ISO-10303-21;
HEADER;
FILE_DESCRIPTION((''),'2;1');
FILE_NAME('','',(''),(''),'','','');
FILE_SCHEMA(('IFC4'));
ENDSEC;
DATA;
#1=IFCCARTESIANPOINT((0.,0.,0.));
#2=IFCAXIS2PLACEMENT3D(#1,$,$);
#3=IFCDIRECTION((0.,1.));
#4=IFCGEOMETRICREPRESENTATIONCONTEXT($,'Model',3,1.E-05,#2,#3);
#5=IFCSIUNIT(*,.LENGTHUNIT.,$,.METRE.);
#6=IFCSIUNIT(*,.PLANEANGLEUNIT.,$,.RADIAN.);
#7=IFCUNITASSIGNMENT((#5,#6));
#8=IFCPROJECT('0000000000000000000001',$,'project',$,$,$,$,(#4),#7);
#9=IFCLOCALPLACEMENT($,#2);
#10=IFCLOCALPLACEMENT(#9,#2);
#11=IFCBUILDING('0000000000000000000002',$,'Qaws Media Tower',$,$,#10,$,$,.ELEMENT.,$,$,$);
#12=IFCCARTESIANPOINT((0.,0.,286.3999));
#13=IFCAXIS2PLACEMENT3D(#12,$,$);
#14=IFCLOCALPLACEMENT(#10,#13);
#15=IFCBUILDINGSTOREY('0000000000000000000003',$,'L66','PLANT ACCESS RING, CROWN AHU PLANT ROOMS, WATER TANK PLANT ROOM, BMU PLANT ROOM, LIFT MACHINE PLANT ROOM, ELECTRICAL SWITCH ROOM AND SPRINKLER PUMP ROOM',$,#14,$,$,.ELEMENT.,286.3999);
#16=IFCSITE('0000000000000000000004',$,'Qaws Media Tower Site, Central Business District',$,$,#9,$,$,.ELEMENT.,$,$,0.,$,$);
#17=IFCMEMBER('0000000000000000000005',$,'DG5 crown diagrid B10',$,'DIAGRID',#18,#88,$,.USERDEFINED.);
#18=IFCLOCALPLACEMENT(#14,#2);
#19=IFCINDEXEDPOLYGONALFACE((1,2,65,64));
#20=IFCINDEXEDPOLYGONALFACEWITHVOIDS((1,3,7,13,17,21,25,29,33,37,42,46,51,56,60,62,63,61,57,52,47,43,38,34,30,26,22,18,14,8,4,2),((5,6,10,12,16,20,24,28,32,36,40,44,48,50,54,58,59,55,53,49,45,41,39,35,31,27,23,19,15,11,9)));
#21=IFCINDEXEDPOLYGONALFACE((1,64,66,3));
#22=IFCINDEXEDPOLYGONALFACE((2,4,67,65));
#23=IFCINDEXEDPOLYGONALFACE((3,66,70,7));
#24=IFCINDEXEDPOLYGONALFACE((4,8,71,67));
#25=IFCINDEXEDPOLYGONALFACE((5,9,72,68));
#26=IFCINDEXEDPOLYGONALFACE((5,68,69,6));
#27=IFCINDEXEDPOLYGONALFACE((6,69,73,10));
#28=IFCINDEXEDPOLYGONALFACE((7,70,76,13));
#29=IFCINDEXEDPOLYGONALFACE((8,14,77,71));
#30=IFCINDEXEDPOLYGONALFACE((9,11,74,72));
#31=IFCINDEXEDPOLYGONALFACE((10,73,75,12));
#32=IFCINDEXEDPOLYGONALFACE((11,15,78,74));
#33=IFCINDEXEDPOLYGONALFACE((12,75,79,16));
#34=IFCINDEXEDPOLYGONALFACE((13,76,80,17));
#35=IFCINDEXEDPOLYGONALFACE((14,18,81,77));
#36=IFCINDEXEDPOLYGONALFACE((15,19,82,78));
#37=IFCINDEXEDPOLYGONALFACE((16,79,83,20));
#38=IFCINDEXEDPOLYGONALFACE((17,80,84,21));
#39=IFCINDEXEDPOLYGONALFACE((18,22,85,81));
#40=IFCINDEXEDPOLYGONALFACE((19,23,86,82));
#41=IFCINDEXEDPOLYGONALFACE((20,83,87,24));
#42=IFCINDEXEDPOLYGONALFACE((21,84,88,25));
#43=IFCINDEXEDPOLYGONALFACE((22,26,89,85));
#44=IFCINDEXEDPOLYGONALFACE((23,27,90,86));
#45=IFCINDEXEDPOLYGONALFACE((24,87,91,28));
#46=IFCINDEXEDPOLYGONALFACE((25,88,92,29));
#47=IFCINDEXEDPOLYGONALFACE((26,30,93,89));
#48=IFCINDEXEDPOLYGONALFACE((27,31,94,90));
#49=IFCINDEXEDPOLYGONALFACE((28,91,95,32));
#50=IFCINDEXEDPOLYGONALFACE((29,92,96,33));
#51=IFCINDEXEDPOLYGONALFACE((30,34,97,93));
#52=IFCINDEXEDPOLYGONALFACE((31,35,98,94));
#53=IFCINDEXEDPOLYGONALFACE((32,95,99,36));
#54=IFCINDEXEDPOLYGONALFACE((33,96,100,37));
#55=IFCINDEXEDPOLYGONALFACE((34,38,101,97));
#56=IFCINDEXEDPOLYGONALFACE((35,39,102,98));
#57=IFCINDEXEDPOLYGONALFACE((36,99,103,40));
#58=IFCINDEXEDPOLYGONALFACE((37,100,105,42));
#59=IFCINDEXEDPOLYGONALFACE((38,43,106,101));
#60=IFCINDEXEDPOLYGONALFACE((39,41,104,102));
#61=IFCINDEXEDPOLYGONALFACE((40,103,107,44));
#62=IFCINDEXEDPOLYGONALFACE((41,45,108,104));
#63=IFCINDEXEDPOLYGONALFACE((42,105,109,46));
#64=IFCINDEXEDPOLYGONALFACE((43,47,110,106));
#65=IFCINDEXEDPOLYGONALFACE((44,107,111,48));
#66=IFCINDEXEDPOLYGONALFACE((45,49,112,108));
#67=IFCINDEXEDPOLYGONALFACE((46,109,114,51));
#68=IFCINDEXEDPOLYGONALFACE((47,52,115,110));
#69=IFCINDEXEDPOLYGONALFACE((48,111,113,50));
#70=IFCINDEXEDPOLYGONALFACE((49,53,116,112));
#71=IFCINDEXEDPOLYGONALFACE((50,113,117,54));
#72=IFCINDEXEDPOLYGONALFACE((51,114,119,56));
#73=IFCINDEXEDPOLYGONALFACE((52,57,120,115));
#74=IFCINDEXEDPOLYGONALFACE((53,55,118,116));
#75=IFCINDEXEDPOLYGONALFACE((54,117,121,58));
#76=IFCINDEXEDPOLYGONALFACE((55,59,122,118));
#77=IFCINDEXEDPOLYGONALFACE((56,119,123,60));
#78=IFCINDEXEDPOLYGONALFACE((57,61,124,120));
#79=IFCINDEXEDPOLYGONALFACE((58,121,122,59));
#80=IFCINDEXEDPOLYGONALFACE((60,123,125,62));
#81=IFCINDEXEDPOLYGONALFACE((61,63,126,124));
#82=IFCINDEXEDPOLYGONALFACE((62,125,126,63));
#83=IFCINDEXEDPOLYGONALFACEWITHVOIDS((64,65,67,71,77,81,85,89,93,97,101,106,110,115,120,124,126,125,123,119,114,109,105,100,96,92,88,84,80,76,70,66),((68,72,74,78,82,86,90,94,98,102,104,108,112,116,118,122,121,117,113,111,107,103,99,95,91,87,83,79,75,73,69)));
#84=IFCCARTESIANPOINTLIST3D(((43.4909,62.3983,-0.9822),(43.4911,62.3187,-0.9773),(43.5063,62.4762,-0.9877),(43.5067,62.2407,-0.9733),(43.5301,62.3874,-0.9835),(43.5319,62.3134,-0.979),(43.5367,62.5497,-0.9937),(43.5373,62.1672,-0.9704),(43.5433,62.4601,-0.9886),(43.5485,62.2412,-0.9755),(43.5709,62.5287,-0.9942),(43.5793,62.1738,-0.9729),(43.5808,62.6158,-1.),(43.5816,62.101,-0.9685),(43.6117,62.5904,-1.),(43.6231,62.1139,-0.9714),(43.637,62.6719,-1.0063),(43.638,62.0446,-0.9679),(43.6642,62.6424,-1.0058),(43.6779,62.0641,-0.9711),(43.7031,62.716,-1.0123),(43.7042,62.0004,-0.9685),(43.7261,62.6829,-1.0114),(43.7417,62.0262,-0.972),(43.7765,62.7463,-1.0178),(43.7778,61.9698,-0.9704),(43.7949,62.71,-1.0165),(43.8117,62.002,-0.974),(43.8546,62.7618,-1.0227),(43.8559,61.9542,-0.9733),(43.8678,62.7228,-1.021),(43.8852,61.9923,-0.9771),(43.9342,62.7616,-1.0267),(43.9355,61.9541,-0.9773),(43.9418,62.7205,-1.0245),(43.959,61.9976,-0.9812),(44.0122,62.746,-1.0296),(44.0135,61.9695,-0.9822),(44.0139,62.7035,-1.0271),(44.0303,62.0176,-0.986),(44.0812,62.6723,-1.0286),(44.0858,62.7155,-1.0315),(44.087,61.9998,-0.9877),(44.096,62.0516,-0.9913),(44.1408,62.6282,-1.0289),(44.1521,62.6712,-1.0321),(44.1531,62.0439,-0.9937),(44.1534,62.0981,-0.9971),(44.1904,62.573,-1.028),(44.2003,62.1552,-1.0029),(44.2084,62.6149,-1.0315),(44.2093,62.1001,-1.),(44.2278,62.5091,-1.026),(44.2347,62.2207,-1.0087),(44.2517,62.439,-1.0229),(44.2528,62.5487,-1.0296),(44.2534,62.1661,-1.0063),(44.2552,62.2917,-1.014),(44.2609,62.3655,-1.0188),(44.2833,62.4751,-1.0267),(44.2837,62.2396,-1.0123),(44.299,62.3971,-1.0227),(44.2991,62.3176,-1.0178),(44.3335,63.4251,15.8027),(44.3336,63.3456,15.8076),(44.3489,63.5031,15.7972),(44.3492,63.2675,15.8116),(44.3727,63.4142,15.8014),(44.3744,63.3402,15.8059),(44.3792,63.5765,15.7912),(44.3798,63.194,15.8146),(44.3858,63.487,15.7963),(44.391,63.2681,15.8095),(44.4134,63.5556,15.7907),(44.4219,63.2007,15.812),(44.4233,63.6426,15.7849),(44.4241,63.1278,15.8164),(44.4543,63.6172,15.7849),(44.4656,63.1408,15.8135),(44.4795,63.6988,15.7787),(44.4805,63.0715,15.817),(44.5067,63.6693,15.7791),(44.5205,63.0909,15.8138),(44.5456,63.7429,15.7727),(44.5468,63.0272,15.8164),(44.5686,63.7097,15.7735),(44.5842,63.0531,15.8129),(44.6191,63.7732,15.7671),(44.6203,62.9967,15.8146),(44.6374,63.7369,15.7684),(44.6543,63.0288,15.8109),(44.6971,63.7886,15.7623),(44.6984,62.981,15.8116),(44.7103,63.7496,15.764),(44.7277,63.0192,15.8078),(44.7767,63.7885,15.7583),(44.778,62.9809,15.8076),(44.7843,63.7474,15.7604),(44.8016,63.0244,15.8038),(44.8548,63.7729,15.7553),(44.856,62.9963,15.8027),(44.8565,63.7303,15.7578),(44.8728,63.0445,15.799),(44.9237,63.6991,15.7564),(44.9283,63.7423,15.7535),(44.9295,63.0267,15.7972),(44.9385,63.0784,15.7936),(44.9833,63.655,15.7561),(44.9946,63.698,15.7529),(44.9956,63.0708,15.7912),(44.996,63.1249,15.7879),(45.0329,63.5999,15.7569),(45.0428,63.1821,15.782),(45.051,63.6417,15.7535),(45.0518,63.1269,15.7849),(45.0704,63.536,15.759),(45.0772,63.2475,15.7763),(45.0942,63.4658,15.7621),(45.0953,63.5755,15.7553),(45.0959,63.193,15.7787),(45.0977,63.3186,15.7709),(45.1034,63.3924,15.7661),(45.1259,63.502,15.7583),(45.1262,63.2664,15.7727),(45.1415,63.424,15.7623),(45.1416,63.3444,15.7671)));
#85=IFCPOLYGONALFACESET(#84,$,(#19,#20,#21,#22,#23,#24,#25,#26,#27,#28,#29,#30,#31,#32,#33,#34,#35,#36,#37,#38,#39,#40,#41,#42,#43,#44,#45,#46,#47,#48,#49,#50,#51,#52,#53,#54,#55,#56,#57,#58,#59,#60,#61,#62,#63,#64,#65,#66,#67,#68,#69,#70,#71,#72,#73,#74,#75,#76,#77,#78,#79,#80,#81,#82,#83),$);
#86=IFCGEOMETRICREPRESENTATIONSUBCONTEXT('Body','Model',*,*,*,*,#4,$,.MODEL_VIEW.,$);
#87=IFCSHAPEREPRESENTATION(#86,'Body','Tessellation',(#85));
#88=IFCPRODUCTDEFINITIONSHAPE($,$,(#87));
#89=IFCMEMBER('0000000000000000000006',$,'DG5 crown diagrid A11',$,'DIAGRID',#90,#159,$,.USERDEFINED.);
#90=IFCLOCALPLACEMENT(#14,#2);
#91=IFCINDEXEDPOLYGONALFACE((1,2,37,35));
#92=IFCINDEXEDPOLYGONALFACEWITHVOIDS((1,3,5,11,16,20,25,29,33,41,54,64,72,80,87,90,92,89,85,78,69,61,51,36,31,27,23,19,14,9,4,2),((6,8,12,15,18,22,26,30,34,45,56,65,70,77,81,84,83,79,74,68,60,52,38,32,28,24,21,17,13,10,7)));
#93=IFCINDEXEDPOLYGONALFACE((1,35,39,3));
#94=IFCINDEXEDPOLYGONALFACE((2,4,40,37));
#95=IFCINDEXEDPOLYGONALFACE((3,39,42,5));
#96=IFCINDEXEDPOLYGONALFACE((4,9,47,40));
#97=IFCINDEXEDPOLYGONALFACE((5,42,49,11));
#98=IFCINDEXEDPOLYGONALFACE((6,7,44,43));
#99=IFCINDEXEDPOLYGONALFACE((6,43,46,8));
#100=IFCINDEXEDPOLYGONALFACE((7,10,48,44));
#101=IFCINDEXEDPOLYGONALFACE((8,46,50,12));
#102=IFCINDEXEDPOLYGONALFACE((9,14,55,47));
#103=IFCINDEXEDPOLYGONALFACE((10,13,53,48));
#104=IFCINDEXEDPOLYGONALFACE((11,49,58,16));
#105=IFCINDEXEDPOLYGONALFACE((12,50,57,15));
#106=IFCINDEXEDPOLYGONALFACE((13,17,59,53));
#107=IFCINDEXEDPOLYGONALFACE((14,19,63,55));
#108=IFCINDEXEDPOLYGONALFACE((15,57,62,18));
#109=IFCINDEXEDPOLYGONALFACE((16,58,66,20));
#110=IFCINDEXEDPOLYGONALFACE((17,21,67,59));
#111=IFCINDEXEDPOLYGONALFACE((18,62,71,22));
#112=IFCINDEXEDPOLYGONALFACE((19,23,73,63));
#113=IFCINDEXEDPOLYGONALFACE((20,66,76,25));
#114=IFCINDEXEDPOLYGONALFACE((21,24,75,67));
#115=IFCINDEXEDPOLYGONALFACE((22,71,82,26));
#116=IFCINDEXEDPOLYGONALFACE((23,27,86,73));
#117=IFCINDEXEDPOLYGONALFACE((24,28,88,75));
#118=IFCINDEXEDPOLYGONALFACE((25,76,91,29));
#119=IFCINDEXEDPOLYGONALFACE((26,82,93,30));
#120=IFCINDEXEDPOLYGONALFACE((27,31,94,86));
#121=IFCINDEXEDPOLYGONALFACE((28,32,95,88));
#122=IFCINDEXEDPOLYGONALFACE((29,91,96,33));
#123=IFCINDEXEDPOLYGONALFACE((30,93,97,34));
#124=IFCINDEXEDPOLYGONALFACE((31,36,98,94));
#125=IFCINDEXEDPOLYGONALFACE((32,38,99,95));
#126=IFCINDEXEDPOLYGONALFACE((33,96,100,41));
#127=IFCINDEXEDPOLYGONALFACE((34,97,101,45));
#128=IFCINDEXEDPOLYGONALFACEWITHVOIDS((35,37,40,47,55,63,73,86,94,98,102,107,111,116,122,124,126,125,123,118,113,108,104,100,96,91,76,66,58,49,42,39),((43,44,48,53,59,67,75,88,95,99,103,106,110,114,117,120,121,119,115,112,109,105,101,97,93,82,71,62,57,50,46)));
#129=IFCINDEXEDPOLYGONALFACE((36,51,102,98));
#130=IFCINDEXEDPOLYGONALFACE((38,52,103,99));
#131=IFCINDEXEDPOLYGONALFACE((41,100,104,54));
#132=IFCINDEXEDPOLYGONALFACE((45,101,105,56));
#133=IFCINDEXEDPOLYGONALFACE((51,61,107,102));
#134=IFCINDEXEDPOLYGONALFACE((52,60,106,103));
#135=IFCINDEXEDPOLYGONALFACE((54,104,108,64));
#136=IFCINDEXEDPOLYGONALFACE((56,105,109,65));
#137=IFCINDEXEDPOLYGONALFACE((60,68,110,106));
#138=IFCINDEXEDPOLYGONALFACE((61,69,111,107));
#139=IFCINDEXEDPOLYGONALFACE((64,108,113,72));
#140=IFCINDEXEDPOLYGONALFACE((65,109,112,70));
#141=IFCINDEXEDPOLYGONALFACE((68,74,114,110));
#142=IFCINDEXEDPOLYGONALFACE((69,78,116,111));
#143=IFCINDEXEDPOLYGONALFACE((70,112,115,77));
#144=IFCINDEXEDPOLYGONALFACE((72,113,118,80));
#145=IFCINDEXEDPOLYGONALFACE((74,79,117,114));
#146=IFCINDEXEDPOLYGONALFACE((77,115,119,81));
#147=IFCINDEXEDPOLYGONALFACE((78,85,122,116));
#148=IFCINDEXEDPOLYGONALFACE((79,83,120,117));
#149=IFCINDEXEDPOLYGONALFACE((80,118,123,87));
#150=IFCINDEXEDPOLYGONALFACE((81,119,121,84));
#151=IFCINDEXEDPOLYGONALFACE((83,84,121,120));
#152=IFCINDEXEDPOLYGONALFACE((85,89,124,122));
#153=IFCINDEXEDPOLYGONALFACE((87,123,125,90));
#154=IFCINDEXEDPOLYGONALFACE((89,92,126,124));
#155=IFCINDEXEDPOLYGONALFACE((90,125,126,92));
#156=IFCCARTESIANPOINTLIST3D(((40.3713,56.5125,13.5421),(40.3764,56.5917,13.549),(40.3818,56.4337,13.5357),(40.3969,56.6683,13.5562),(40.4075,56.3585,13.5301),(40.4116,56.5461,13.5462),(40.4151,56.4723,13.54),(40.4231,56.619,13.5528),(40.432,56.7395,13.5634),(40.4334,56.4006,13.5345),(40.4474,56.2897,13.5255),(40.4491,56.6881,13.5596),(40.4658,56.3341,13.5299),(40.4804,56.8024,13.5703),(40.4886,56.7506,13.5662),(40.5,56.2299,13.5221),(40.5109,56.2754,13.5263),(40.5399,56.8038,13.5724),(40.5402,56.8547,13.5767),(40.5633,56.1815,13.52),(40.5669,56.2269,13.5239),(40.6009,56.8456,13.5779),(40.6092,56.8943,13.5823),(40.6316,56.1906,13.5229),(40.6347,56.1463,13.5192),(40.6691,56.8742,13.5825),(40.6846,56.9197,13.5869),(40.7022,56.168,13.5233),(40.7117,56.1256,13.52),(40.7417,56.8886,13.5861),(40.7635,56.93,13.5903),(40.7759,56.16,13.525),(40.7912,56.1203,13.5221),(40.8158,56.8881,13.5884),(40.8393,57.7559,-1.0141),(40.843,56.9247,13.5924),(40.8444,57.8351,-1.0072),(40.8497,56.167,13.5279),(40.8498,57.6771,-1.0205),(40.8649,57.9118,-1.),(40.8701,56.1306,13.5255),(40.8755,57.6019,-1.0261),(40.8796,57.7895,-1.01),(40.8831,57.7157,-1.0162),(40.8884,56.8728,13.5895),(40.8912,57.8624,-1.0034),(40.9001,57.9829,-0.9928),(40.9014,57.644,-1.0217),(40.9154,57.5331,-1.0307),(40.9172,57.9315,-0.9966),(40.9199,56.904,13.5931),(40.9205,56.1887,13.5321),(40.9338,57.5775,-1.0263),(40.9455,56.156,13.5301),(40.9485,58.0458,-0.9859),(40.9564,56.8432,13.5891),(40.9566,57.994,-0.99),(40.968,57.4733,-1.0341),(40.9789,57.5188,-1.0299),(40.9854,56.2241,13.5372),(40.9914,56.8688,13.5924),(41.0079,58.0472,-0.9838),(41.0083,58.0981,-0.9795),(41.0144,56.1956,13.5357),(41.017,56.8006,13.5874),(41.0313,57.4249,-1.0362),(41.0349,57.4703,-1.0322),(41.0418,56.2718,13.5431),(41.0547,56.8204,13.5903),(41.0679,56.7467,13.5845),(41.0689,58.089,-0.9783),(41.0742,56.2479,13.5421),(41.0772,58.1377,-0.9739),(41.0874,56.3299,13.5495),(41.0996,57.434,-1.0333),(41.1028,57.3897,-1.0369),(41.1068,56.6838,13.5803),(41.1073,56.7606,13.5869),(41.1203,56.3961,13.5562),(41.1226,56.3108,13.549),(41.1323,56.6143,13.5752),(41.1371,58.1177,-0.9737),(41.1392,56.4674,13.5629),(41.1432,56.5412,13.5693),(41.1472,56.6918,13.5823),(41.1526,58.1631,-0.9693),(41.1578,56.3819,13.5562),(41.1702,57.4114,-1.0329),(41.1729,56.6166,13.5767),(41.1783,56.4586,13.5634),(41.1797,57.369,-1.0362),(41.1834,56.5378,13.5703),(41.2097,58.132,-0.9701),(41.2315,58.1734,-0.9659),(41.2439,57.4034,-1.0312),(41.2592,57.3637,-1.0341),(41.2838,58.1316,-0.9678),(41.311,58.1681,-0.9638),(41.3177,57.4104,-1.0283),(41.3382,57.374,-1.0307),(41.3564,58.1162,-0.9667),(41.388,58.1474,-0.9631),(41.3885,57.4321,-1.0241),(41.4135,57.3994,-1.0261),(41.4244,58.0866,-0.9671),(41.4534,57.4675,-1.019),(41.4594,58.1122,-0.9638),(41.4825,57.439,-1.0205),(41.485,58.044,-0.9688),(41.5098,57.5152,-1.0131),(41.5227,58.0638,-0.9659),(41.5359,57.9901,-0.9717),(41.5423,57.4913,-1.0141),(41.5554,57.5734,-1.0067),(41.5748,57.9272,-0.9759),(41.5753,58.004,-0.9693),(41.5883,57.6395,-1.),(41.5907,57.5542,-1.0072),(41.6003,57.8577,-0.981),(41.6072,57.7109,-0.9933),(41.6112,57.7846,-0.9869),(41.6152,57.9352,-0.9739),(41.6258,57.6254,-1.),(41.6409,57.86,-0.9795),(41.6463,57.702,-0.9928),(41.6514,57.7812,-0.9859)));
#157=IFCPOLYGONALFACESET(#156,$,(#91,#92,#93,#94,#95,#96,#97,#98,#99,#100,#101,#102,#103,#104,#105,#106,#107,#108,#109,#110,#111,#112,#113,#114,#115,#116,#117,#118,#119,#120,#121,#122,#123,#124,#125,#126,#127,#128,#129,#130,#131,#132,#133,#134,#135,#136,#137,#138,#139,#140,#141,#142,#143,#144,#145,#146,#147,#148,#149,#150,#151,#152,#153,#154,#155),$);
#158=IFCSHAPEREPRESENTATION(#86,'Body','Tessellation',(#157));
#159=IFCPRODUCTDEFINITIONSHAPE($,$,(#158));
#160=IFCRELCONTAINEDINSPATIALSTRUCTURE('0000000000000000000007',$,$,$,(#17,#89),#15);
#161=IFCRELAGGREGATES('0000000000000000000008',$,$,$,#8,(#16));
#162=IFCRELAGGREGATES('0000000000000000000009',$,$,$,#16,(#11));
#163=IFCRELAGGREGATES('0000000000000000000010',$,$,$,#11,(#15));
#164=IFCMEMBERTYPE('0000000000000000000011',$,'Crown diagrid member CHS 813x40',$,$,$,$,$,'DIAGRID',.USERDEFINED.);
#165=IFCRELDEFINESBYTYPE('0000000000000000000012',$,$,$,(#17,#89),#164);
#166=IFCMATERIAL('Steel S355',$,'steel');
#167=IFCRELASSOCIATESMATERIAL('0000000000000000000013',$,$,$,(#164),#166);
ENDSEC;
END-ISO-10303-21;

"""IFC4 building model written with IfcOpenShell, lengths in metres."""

from ifc_helpers import new_model, si_unit, direction, frame, origin, origin_2d, place, context, subcontext, project, spatial, hollow_circle, extrude, material, material_profile, profile_set, type_object, element, save


model = new_model("IFC4")

# Units and contexts
model_context = context("Model", 3, precision=1e-05, world=origin(), true_north=direction((0.0, 1.0)))
body_context = subcontext(model_context, "Body", "Model", "MODEL_VIEW")
ifc_project = project(units=[si_unit("LENGTHUNIT", "METRE"), si_unit("PLANEANGLEUNIT", "RADIAN")], contexts=[model_context])

# Site, building, storey
site_placement = place(None, origin())
site = spatial("IfcSite", under=ifc_project, at=site_placement, Name="Qaws Media Tower Site, Central Business District", CompositionType="ELEMENT", RefElevation=0.0)
building_placement = place(site_placement, origin())
building = spatial("IfcBuilding", under=site, at=building_placement, Name="Qaws Media Tower", CompositionType="ELEMENT")
storey_placement = place(building_placement, frame((0.0, 0.0, 286.3999)))
storey = spatial("IfcBuildingStorey", under=building, at=storey_placement, Name="L66", Description="PLANT ACCESS RING, CROWN AHU PLANT ROOMS, WATER TANK PLANT ROOM, BMU PLANT ROOM, LIFT MACHINE PLANT ROOM, ELECTRICAL SWITCH ROOM AND SPRINKLER PUMP ROOM", CompositionType="ELEMENT", Elevation=286.3999)

# Members
ifc_material_1 = material(Name="Steel S355", Category="steel")
ifc_material_profile_1 = material_profile(ifc_material_1, hollow_circle(Radius=0.4065, WallThickness=0.04, at=origin_2d()), Name="CHS 813x40")
ifc_profile_set_1 = profile_set([ifc_material_profile_1], Name="Steel S355")
member_type = type_object("IfcMemberType", Name="Crown diagrid member CHS 813x40", ElementType="DIAGRID", PredefinedType="USERDEFINED", material=ifc_profile_set_1)
member_1_placement = place(storey_placement, frame((43.895, 62.3579, -1.0), z_axis=(0.050039, 0.060987, 0.996883), x_axis=(-0.77308, 0.634308, 0.0)))
element("IfcMember", 1, at=member_1_placement, inside=storey, type_object=member_type, Name="DG5 crown diagrid B10", ObjectType="DIAGRID", PredefinedType="USERDEFINED", context=body_context, shape_type="SweptSolid", body=[
    extrude(hollow_circle(Radius=0.4065, WallThickness=0.04, at=origin_2d()), origin(), (0.0, 0.0, 1.0), 16.8374),
])
member_2_placement = place(storey_placement, frame((41.2454, 57.7686, -1.0), z_axis=(-0.032019, -0.085068, 0.995861), x_axis=(0.935898, -0.352271, 0.0)))
element("IfcMember", 2, at=member_2_placement, inside=storey, type_object=member_type, Name="DG5 crown diagrid A11", ObjectType="DIAGRID", PredefinedType="USERDEFINED", context=body_context, shape_type="SweptSolid", body=[
    extrude(hollow_circle(Radius=0.4065, WallThickness=0.04, at=origin_2d()), origin(), (0.0, 0.0, 1.0), 14.6167),
])

save(model, "model.ifc")
